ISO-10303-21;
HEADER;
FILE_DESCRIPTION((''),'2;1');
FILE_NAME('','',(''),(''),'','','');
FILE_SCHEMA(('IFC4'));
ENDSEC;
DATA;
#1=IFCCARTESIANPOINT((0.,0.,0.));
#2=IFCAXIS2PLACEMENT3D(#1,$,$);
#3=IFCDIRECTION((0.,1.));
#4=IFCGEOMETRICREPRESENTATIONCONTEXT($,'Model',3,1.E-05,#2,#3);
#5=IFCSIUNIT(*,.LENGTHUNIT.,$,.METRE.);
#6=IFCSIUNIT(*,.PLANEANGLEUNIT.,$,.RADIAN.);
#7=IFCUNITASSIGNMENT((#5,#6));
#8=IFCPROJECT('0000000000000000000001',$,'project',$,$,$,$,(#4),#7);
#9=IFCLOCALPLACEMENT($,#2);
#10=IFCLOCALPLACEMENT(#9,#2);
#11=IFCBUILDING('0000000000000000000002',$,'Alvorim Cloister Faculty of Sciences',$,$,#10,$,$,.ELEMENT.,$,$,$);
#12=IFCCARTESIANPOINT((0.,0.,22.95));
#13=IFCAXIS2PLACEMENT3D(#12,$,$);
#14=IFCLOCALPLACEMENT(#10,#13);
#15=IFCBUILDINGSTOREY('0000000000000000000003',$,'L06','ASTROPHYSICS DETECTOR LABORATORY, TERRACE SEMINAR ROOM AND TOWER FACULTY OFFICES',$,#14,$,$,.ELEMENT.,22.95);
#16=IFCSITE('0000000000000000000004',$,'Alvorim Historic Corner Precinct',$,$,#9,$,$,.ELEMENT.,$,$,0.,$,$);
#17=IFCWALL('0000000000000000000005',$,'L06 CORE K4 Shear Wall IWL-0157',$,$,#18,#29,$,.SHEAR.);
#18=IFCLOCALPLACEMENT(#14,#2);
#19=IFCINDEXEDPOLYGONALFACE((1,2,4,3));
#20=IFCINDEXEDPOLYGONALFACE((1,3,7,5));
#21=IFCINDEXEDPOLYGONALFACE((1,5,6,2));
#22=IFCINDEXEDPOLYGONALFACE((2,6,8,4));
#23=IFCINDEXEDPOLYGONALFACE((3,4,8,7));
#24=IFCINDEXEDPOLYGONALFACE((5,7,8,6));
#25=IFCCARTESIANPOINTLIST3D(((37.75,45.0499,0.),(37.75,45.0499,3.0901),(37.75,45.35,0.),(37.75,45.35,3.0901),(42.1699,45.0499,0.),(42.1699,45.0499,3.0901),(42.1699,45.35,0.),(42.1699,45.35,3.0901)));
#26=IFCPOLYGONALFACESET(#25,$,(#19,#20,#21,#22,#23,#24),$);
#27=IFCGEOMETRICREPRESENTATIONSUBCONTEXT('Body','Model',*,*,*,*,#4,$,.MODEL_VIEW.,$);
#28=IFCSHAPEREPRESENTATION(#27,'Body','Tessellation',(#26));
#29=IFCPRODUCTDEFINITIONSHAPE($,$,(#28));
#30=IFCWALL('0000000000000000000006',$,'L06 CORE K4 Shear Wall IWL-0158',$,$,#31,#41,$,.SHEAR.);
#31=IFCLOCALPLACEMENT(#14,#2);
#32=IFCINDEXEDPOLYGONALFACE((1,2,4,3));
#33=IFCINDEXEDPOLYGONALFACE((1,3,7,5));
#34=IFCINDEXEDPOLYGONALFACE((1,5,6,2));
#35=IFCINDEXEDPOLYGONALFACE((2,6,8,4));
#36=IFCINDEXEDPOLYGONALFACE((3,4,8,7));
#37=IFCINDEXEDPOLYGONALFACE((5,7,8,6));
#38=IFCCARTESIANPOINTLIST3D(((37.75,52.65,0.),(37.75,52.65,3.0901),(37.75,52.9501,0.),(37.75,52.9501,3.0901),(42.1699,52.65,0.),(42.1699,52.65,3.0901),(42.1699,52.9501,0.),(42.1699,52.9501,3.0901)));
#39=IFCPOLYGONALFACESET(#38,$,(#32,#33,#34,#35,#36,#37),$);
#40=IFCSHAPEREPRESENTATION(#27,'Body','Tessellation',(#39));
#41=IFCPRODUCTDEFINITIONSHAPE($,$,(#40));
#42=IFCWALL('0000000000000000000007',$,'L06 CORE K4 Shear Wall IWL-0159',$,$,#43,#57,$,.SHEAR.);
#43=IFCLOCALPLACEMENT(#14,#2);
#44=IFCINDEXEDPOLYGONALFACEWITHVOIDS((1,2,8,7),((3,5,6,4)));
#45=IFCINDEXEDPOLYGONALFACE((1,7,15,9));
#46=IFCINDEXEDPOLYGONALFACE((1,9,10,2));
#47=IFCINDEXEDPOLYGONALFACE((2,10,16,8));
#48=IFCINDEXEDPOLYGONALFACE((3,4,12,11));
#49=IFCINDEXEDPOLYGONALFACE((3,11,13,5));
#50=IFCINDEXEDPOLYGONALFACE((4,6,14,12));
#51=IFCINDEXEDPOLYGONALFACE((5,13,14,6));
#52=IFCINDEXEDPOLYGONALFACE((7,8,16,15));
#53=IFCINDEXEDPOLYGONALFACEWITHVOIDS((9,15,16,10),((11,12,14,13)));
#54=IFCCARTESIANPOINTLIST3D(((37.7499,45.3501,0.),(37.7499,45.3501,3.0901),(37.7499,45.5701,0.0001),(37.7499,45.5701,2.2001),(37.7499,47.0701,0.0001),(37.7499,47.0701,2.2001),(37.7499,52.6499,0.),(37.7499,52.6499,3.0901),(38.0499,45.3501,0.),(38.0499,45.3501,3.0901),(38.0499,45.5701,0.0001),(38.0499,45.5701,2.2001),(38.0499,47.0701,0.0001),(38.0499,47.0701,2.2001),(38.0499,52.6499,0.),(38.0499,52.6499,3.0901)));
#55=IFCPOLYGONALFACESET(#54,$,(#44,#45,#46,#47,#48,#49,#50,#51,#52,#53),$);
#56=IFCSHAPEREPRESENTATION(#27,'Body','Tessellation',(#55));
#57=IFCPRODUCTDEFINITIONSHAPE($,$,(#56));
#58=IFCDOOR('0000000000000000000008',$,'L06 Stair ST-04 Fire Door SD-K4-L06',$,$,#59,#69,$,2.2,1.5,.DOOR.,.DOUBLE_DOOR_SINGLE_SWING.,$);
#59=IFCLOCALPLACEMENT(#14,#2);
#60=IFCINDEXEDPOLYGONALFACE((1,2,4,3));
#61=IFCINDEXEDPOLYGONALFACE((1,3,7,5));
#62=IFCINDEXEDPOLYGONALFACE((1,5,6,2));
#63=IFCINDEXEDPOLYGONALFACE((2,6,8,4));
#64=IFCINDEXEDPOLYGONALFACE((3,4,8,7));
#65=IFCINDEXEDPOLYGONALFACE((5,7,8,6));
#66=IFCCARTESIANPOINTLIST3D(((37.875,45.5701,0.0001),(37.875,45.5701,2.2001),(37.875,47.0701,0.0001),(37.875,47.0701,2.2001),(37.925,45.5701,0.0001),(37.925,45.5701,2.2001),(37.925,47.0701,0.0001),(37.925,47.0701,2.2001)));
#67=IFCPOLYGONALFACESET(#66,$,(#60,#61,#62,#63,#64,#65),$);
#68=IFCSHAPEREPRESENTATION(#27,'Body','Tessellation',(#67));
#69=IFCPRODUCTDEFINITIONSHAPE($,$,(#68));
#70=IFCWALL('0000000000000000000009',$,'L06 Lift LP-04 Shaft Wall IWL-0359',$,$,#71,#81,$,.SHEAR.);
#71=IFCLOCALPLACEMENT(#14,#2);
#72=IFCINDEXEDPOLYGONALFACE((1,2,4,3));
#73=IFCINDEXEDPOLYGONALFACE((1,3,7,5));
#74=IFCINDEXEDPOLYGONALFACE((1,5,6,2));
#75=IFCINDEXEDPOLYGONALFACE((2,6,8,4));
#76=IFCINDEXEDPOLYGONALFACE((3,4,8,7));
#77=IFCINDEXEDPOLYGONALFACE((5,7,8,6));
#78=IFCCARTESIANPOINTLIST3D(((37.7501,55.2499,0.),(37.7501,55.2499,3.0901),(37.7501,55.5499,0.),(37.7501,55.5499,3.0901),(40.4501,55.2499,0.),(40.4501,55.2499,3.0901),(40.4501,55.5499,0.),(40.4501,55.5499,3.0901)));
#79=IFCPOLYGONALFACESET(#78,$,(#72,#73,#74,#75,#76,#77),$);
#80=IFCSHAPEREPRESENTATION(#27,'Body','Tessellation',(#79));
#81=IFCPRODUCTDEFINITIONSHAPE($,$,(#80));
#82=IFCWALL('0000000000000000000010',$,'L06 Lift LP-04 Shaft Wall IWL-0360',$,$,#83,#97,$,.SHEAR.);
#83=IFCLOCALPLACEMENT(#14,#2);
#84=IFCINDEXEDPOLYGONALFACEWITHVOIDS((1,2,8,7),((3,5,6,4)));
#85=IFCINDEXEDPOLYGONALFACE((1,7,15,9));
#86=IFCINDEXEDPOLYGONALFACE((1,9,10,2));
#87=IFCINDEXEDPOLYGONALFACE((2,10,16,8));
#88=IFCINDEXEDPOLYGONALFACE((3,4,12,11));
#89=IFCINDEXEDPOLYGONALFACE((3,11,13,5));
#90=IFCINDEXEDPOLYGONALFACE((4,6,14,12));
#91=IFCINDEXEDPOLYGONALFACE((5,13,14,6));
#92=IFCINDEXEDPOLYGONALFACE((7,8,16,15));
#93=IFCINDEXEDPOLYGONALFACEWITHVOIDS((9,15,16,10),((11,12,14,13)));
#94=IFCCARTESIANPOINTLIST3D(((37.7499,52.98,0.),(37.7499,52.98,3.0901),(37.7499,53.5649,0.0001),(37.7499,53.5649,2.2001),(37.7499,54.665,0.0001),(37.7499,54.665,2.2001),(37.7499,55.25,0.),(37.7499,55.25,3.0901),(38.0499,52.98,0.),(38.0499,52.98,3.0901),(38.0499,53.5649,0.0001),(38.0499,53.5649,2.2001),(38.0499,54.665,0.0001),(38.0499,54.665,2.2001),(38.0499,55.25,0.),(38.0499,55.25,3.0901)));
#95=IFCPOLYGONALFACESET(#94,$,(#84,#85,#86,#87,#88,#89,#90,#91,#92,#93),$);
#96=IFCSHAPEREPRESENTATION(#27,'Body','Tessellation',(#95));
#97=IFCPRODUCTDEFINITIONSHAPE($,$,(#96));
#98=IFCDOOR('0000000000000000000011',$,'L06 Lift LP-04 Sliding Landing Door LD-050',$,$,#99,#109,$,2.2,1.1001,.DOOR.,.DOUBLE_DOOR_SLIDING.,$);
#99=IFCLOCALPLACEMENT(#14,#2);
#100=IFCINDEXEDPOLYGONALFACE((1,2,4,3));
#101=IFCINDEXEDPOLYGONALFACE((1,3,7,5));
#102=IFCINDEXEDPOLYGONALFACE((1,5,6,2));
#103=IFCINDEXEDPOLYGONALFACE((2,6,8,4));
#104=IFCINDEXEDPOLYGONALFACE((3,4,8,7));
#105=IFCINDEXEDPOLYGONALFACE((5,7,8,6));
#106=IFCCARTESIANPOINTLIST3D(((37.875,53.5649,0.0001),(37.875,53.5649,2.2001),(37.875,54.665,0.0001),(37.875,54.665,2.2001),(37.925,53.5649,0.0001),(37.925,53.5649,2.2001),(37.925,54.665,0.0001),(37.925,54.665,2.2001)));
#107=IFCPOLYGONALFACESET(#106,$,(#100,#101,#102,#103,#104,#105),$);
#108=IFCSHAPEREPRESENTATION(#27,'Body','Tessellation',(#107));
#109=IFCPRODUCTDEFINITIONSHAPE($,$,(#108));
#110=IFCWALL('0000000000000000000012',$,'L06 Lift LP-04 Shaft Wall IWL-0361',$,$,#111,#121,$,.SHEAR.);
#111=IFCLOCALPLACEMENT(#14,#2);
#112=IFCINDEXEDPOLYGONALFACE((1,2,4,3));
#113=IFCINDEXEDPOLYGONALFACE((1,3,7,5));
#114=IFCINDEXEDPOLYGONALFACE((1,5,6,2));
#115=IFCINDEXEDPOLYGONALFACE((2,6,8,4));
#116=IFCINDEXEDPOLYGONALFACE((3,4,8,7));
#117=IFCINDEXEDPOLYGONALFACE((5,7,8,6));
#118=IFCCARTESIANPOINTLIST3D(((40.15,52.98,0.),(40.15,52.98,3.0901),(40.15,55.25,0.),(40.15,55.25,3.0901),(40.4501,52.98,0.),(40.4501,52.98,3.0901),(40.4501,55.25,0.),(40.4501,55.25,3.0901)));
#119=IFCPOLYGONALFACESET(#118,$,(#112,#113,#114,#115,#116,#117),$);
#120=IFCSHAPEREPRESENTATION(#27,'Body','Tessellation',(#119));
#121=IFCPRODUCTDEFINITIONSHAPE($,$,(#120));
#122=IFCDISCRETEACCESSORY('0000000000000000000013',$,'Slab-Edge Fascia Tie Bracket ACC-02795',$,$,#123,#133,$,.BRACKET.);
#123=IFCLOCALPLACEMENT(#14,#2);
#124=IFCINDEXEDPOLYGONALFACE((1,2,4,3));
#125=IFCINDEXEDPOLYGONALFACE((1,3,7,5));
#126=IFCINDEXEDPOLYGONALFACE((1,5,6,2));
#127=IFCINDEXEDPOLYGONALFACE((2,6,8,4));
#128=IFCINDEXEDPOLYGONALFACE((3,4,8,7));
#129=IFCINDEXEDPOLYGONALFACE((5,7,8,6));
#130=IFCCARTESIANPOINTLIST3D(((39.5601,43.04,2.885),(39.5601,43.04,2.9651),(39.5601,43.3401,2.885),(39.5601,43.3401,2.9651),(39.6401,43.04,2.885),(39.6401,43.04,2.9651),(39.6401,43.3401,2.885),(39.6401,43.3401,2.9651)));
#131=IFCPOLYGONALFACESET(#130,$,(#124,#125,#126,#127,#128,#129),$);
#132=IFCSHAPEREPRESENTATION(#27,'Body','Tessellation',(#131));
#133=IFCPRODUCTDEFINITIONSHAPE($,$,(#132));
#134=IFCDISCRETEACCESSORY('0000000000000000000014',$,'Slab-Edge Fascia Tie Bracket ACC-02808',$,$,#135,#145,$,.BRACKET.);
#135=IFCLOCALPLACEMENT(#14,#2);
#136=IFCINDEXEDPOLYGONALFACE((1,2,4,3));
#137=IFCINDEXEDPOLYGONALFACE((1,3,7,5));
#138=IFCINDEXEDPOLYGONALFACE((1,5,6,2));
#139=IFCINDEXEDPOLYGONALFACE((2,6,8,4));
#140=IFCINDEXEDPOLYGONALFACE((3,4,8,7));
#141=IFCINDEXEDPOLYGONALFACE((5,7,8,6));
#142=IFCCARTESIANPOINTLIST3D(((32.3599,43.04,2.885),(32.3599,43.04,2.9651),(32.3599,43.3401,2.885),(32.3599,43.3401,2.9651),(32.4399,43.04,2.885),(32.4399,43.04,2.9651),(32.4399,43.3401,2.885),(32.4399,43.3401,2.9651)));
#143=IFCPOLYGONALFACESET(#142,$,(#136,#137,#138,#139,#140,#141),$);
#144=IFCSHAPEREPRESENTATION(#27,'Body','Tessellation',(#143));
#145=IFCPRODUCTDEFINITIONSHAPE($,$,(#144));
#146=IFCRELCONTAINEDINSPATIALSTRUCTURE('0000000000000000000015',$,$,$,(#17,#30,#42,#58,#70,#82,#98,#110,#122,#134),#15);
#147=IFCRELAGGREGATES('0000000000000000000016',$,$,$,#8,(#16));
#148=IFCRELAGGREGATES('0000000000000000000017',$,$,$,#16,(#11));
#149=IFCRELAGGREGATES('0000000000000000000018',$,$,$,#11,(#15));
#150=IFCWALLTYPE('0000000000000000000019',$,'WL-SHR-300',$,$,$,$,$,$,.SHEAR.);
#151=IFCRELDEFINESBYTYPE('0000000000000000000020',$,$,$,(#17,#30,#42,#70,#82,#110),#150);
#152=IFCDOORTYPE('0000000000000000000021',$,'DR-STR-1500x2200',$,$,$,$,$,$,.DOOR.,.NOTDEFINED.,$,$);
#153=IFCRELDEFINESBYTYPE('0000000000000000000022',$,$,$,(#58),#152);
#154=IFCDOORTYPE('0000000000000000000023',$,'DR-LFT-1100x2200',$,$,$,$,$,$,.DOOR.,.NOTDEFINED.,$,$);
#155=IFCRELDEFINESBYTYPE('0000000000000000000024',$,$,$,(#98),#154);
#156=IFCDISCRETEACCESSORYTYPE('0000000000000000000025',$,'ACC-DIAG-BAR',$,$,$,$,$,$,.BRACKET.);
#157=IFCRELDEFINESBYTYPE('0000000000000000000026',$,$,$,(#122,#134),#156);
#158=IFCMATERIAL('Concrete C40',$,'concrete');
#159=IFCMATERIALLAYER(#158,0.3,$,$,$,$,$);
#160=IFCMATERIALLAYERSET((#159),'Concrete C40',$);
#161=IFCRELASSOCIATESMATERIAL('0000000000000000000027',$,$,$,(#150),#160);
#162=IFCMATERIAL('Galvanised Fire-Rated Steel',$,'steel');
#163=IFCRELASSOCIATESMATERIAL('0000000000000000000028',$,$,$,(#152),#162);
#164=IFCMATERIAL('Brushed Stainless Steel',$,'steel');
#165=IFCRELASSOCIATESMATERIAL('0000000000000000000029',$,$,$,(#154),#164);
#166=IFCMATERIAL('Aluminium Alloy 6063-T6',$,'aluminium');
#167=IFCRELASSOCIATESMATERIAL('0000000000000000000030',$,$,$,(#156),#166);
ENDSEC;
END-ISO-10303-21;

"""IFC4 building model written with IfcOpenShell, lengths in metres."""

from ifc_helpers import new_model, si_unit, direction, frame, frame_2d, origin, origin_2d, place, context, subcontext, project, spatial, rectangle, extrude, material, layer, layer_set, type_object, element, fill, save


model = new_model("IFC4")

# Units and contexts
model_context = context("Model", 3, precision=1e-05, world=origin(), true_north=direction((0.0, 1.0)))
body_context = subcontext(model_context, "Body", "Model", "MODEL_VIEW")
ifc_project = project(units=[si_unit("LENGTHUNIT", "METRE"), si_unit("PLANEANGLEUNIT", "RADIAN")], contexts=[model_context])

# Site, building, storey
site_placement = place(None, origin())
site = spatial("IfcSite", under=ifc_project, at=site_placement, Name="Alvorim Historic Corner Precinct", CompositionType="ELEMENT", RefElevation=0.0)
building_placement = place(site_placement, origin())
building = spatial("IfcBuilding", under=site, at=building_placement, Name="Alvorim Cloister Faculty of Sciences", CompositionType="ELEMENT")
storey_placement = place(building_placement, frame((0.0, 0.0, 22.95)))
storey = spatial("IfcBuildingStorey", under=building, at=storey_placement, Name="L06", Description="ASTROPHYSICS DETECTOR LABORATORY, TERRACE SEMINAR ROOM AND TOWER FACULTY OFFICES", CompositionType="ELEMENT", Elevation=22.95)

# Shared definitions
ifc_material_1 = material(Name="Aluminium Alloy 6063-T6", Category="aluminium")

# Walls
ifc_material_2 = material(Name="Concrete C40", Category="concrete")
ifc_layer = layer(ifc_material_2, 0.3)
ifc_layer_set = layer_set([ifc_layer], Name="Concrete C40")
wall_type = type_object("IfcWallType", Name="WL-SHR-300", PredefinedType="SHEAR", material=ifc_layer_set)
for number, where, z_axis, x_axis, name in (
    (1, (37.75, 45.2, 0.0), (0.0, 0.0, 1.0), (1.0, 0.0, 0.0), "L06 CORE K4 Shear Wall IWL-0157"),
    (2, (37.75, 52.8, 0.0), (0.0, 0.0, 1.0), (1.0, 0.0, 0.0), "L06 CORE K4 Shear Wall IWL-0158"),
):
    element("IfcWall", number, at=place(storey_placement, frame(where, z_axis=z_axis, x_axis=x_axis)), inside=storey, type_object=wall_type, Name=name, PredefinedType="SHEAR", context=body_context, shape_type="SweptSolid", body=[
        extrude(rectangle(XDim=4.4199, YDim=0.3, at=frame_2d((2.21, 0.0))), origin(), (0.0, 0.0, 1.0), 3.0901),
    ])

# Wall, opening, door
wall_1_placement = place(storey_placement, frame((37.8999, 45.3501, 0.0), z_axis=(0.0, 0.0, 1.0), x_axis=(0.0, 1.0, 0.0)))
wall_1 = element("IfcWall", 3, at=wall_1_placement, inside=storey, type_object=wall_type, Name="L06 CORE K4 Shear Wall IWL-0159", PredefinedType="SHEAR", context=body_context, shape_type="SweptSolid", body=[
    extrude(rectangle(XDim=7.2998, YDim=0.3, at=frame_2d((3.6499, 0.0))), origin(), (0.0, 0.0, 1.0), 3.0901),
])
opening_1_placement = place(wall_1_placement, frame((0.22, 0.0, 0.0)))
opening_1 = element("IfcOpeningElement", 4, at=opening_1_placement, cuts=wall_1, PredefinedType="OPENING", context=body_context, shape_type="SweptSolid", body=[
    extrude(rectangle(XDim=1.5, YDim=2.2, at=frame_2d((0.75, 1.1001))), frame((0.0, 0.1621, 0.0), z_axis=(0.0, -1.0, 0.0), x_axis=(1.0, 0.0, 0.0)), (0.0, 0.0, 1.0), 0.324),
])
ifc_material_3 = material(Name="Galvanised Fire-Rated Steel", Category="steel")
door_type_1 = type_object("IfcDoorType", Name="DR-STR-1500x2200", OperationType="NOTDEFINED", PredefinedType="DOOR", material=ifc_material_3)
door_1_placement = place(opening_1_placement, origin())
door_1 = element("IfcDoor", 5, at=door_1_placement, inside=storey, type_object=door_type_1, Name="L06 Stair ST-04 Fire Door SD-K4-L06", OperationType="DOUBLE_DOOR_SINGLE_SWING", OverallHeight=2.2, OverallWidth=1.5, PredefinedType="DOOR", context=body_context, shape_type="SweptSolid", body=[
    extrude(rectangle(XDim=1.5, YDim=2.2, at=frame_2d((0.75, 1.1001))), frame((0.0, 0.0249, 0.0), z_axis=(0.0, -1.0, 0.0), x_axis=(1.0, 0.0, 0.0)), (0.0, 0.0, 1.0), 0.05),
])
fill(opening_1, door_1)

# Wall
wall_2_placement = place(storey_placement, frame((37.75, 55.3999, 0.0), z_axis=(0.0, 0.0, 1.0), x_axis=(1.0, 0.0, 0.0)))
element("IfcWall", 6, at=wall_2_placement, inside=storey, type_object=wall_type, Name="L06 Lift LP-04 Shaft Wall IWL-0359", PredefinedType="SHEAR", context=body_context, shape_type="SweptSolid", body=[
    extrude(rectangle(XDim=2.7, YDim=0.3, at=frame_2d((1.3501, 0.0))), origin(), (0.0, 0.0, 1.0), 3.0901),
])

# Wall, opening, door
wall_3_placement = place(storey_placement, frame((37.8999, 52.98, 0.0), z_axis=(0.0, 0.0, 1.0), x_axis=(0.0, 1.0, 0.0)))
wall_3 = element("IfcWall", 7, at=wall_3_placement, inside=storey, type_object=wall_type, Name="L06 Lift LP-04 Shaft Wall IWL-0360", PredefinedType="SHEAR", context=body_context, shape_type="SweptSolid", body=[
    extrude(rectangle(XDim=2.27, YDim=0.3, at=frame_2d((1.135, 0.0))), origin(), (0.0, 0.0, 1.0), 3.0901),
])
opening_2_placement = place(wall_3_placement, frame((0.585, 0.0, 0.0)))
opening_2 = element("IfcOpeningElement", 8, at=opening_2_placement, cuts=wall_3, PredefinedType="OPENING", context=body_context, shape_type="SweptSolid", body=[
    extrude(rectangle(XDim=1.1001, YDim=2.2, at=frame_2d((0.55, 1.1001))), frame((0.0, 0.1621, 0.0), z_axis=(0.0, -1.0, 0.0), x_axis=(1.0, 0.0, 0.0)), (0.0, 0.0, 1.0), 0.324),
])
ifc_material_4 = material(Name="Brushed Stainless Steel", Category="steel")
door_type_2 = type_object("IfcDoorType", Name="DR-LFT-1100x2200", OperationType="NOTDEFINED", PredefinedType="DOOR", material=ifc_material_4)
door_2_placement = place(opening_2_placement, origin())
door_2 = element("IfcDoor", 9, at=door_2_placement, inside=storey, type_object=door_type_2, Name="L06 Lift LP-04 Sliding Landing Door LD-050", OperationType="DOUBLE_DOOR_SLIDING", OverallHeight=2.2, OverallWidth=1.1001, PredefinedType="DOOR", context=body_context, shape_type="SweptSolid", body=[
    extrude(rectangle(XDim=1.1001, YDim=2.2, at=frame_2d((0.55, 1.1001))), frame((0.0, 0.0249, 0.0), z_axis=(0.0, -1.0, 0.0), x_axis=(1.0, 0.0, 0.0)), (0.0, 0.0, 1.0), 0.05),
])
fill(opening_2, door_2)

# Wall
wall_4_placement = place(storey_placement, frame((40.3, 52.98, 0.0), z_axis=(0.0, 0.0, 1.0), x_axis=(0.0, 1.0, 0.0)))
element("IfcWall", 10, at=wall_4_placement, inside=storey, type_object=wall_type, Name="L06 Lift LP-04 Shaft Wall IWL-0361", PredefinedType="SHEAR", context=body_context, shape_type="SweptSolid", body=[
    extrude(rectangle(XDim=2.27, YDim=0.3, at=frame_2d((1.135, 0.0))), origin(), (0.0, 0.0, 1.0), 3.0901),
])

# Discrete accessories
discrete_accessory_type = type_object("IfcDiscreteAccessoryType", Name="ACC-DIAG-BAR", PredefinedType="BRACKET", material=ifc_material_1)
for number, where, z_axis, x_axis, name in (
    (11, (39.6001, 43.3401, 2.925), (0.0, -1.0, 0.0), (1.0, 0.0, 0.0), "Slab-Edge Fascia Tie Bracket ACC-02795"),
    (12, (32.3999, 43.3401, 2.925), (0.0, -1.0, 0.0), (1.0, 0.0, 0.0), "Slab-Edge Fascia Tie Bracket ACC-02808"),
):
    element("IfcDiscreteAccessory", number, at=place(storey_placement, frame(where, z_axis=z_axis, x_axis=x_axis)), inside=storey, type_object=discrete_accessory_type, Name=name, PredefinedType="BRACKET", context=body_context, shape_type="SweptSolid", body=[
        extrude(rectangle(XDim=0.0801, YDim=0.0801, at=origin_2d()), origin(), (0.0, 0.0, 1.0), 0.3),
    ])

save(model, "model.ifc")
